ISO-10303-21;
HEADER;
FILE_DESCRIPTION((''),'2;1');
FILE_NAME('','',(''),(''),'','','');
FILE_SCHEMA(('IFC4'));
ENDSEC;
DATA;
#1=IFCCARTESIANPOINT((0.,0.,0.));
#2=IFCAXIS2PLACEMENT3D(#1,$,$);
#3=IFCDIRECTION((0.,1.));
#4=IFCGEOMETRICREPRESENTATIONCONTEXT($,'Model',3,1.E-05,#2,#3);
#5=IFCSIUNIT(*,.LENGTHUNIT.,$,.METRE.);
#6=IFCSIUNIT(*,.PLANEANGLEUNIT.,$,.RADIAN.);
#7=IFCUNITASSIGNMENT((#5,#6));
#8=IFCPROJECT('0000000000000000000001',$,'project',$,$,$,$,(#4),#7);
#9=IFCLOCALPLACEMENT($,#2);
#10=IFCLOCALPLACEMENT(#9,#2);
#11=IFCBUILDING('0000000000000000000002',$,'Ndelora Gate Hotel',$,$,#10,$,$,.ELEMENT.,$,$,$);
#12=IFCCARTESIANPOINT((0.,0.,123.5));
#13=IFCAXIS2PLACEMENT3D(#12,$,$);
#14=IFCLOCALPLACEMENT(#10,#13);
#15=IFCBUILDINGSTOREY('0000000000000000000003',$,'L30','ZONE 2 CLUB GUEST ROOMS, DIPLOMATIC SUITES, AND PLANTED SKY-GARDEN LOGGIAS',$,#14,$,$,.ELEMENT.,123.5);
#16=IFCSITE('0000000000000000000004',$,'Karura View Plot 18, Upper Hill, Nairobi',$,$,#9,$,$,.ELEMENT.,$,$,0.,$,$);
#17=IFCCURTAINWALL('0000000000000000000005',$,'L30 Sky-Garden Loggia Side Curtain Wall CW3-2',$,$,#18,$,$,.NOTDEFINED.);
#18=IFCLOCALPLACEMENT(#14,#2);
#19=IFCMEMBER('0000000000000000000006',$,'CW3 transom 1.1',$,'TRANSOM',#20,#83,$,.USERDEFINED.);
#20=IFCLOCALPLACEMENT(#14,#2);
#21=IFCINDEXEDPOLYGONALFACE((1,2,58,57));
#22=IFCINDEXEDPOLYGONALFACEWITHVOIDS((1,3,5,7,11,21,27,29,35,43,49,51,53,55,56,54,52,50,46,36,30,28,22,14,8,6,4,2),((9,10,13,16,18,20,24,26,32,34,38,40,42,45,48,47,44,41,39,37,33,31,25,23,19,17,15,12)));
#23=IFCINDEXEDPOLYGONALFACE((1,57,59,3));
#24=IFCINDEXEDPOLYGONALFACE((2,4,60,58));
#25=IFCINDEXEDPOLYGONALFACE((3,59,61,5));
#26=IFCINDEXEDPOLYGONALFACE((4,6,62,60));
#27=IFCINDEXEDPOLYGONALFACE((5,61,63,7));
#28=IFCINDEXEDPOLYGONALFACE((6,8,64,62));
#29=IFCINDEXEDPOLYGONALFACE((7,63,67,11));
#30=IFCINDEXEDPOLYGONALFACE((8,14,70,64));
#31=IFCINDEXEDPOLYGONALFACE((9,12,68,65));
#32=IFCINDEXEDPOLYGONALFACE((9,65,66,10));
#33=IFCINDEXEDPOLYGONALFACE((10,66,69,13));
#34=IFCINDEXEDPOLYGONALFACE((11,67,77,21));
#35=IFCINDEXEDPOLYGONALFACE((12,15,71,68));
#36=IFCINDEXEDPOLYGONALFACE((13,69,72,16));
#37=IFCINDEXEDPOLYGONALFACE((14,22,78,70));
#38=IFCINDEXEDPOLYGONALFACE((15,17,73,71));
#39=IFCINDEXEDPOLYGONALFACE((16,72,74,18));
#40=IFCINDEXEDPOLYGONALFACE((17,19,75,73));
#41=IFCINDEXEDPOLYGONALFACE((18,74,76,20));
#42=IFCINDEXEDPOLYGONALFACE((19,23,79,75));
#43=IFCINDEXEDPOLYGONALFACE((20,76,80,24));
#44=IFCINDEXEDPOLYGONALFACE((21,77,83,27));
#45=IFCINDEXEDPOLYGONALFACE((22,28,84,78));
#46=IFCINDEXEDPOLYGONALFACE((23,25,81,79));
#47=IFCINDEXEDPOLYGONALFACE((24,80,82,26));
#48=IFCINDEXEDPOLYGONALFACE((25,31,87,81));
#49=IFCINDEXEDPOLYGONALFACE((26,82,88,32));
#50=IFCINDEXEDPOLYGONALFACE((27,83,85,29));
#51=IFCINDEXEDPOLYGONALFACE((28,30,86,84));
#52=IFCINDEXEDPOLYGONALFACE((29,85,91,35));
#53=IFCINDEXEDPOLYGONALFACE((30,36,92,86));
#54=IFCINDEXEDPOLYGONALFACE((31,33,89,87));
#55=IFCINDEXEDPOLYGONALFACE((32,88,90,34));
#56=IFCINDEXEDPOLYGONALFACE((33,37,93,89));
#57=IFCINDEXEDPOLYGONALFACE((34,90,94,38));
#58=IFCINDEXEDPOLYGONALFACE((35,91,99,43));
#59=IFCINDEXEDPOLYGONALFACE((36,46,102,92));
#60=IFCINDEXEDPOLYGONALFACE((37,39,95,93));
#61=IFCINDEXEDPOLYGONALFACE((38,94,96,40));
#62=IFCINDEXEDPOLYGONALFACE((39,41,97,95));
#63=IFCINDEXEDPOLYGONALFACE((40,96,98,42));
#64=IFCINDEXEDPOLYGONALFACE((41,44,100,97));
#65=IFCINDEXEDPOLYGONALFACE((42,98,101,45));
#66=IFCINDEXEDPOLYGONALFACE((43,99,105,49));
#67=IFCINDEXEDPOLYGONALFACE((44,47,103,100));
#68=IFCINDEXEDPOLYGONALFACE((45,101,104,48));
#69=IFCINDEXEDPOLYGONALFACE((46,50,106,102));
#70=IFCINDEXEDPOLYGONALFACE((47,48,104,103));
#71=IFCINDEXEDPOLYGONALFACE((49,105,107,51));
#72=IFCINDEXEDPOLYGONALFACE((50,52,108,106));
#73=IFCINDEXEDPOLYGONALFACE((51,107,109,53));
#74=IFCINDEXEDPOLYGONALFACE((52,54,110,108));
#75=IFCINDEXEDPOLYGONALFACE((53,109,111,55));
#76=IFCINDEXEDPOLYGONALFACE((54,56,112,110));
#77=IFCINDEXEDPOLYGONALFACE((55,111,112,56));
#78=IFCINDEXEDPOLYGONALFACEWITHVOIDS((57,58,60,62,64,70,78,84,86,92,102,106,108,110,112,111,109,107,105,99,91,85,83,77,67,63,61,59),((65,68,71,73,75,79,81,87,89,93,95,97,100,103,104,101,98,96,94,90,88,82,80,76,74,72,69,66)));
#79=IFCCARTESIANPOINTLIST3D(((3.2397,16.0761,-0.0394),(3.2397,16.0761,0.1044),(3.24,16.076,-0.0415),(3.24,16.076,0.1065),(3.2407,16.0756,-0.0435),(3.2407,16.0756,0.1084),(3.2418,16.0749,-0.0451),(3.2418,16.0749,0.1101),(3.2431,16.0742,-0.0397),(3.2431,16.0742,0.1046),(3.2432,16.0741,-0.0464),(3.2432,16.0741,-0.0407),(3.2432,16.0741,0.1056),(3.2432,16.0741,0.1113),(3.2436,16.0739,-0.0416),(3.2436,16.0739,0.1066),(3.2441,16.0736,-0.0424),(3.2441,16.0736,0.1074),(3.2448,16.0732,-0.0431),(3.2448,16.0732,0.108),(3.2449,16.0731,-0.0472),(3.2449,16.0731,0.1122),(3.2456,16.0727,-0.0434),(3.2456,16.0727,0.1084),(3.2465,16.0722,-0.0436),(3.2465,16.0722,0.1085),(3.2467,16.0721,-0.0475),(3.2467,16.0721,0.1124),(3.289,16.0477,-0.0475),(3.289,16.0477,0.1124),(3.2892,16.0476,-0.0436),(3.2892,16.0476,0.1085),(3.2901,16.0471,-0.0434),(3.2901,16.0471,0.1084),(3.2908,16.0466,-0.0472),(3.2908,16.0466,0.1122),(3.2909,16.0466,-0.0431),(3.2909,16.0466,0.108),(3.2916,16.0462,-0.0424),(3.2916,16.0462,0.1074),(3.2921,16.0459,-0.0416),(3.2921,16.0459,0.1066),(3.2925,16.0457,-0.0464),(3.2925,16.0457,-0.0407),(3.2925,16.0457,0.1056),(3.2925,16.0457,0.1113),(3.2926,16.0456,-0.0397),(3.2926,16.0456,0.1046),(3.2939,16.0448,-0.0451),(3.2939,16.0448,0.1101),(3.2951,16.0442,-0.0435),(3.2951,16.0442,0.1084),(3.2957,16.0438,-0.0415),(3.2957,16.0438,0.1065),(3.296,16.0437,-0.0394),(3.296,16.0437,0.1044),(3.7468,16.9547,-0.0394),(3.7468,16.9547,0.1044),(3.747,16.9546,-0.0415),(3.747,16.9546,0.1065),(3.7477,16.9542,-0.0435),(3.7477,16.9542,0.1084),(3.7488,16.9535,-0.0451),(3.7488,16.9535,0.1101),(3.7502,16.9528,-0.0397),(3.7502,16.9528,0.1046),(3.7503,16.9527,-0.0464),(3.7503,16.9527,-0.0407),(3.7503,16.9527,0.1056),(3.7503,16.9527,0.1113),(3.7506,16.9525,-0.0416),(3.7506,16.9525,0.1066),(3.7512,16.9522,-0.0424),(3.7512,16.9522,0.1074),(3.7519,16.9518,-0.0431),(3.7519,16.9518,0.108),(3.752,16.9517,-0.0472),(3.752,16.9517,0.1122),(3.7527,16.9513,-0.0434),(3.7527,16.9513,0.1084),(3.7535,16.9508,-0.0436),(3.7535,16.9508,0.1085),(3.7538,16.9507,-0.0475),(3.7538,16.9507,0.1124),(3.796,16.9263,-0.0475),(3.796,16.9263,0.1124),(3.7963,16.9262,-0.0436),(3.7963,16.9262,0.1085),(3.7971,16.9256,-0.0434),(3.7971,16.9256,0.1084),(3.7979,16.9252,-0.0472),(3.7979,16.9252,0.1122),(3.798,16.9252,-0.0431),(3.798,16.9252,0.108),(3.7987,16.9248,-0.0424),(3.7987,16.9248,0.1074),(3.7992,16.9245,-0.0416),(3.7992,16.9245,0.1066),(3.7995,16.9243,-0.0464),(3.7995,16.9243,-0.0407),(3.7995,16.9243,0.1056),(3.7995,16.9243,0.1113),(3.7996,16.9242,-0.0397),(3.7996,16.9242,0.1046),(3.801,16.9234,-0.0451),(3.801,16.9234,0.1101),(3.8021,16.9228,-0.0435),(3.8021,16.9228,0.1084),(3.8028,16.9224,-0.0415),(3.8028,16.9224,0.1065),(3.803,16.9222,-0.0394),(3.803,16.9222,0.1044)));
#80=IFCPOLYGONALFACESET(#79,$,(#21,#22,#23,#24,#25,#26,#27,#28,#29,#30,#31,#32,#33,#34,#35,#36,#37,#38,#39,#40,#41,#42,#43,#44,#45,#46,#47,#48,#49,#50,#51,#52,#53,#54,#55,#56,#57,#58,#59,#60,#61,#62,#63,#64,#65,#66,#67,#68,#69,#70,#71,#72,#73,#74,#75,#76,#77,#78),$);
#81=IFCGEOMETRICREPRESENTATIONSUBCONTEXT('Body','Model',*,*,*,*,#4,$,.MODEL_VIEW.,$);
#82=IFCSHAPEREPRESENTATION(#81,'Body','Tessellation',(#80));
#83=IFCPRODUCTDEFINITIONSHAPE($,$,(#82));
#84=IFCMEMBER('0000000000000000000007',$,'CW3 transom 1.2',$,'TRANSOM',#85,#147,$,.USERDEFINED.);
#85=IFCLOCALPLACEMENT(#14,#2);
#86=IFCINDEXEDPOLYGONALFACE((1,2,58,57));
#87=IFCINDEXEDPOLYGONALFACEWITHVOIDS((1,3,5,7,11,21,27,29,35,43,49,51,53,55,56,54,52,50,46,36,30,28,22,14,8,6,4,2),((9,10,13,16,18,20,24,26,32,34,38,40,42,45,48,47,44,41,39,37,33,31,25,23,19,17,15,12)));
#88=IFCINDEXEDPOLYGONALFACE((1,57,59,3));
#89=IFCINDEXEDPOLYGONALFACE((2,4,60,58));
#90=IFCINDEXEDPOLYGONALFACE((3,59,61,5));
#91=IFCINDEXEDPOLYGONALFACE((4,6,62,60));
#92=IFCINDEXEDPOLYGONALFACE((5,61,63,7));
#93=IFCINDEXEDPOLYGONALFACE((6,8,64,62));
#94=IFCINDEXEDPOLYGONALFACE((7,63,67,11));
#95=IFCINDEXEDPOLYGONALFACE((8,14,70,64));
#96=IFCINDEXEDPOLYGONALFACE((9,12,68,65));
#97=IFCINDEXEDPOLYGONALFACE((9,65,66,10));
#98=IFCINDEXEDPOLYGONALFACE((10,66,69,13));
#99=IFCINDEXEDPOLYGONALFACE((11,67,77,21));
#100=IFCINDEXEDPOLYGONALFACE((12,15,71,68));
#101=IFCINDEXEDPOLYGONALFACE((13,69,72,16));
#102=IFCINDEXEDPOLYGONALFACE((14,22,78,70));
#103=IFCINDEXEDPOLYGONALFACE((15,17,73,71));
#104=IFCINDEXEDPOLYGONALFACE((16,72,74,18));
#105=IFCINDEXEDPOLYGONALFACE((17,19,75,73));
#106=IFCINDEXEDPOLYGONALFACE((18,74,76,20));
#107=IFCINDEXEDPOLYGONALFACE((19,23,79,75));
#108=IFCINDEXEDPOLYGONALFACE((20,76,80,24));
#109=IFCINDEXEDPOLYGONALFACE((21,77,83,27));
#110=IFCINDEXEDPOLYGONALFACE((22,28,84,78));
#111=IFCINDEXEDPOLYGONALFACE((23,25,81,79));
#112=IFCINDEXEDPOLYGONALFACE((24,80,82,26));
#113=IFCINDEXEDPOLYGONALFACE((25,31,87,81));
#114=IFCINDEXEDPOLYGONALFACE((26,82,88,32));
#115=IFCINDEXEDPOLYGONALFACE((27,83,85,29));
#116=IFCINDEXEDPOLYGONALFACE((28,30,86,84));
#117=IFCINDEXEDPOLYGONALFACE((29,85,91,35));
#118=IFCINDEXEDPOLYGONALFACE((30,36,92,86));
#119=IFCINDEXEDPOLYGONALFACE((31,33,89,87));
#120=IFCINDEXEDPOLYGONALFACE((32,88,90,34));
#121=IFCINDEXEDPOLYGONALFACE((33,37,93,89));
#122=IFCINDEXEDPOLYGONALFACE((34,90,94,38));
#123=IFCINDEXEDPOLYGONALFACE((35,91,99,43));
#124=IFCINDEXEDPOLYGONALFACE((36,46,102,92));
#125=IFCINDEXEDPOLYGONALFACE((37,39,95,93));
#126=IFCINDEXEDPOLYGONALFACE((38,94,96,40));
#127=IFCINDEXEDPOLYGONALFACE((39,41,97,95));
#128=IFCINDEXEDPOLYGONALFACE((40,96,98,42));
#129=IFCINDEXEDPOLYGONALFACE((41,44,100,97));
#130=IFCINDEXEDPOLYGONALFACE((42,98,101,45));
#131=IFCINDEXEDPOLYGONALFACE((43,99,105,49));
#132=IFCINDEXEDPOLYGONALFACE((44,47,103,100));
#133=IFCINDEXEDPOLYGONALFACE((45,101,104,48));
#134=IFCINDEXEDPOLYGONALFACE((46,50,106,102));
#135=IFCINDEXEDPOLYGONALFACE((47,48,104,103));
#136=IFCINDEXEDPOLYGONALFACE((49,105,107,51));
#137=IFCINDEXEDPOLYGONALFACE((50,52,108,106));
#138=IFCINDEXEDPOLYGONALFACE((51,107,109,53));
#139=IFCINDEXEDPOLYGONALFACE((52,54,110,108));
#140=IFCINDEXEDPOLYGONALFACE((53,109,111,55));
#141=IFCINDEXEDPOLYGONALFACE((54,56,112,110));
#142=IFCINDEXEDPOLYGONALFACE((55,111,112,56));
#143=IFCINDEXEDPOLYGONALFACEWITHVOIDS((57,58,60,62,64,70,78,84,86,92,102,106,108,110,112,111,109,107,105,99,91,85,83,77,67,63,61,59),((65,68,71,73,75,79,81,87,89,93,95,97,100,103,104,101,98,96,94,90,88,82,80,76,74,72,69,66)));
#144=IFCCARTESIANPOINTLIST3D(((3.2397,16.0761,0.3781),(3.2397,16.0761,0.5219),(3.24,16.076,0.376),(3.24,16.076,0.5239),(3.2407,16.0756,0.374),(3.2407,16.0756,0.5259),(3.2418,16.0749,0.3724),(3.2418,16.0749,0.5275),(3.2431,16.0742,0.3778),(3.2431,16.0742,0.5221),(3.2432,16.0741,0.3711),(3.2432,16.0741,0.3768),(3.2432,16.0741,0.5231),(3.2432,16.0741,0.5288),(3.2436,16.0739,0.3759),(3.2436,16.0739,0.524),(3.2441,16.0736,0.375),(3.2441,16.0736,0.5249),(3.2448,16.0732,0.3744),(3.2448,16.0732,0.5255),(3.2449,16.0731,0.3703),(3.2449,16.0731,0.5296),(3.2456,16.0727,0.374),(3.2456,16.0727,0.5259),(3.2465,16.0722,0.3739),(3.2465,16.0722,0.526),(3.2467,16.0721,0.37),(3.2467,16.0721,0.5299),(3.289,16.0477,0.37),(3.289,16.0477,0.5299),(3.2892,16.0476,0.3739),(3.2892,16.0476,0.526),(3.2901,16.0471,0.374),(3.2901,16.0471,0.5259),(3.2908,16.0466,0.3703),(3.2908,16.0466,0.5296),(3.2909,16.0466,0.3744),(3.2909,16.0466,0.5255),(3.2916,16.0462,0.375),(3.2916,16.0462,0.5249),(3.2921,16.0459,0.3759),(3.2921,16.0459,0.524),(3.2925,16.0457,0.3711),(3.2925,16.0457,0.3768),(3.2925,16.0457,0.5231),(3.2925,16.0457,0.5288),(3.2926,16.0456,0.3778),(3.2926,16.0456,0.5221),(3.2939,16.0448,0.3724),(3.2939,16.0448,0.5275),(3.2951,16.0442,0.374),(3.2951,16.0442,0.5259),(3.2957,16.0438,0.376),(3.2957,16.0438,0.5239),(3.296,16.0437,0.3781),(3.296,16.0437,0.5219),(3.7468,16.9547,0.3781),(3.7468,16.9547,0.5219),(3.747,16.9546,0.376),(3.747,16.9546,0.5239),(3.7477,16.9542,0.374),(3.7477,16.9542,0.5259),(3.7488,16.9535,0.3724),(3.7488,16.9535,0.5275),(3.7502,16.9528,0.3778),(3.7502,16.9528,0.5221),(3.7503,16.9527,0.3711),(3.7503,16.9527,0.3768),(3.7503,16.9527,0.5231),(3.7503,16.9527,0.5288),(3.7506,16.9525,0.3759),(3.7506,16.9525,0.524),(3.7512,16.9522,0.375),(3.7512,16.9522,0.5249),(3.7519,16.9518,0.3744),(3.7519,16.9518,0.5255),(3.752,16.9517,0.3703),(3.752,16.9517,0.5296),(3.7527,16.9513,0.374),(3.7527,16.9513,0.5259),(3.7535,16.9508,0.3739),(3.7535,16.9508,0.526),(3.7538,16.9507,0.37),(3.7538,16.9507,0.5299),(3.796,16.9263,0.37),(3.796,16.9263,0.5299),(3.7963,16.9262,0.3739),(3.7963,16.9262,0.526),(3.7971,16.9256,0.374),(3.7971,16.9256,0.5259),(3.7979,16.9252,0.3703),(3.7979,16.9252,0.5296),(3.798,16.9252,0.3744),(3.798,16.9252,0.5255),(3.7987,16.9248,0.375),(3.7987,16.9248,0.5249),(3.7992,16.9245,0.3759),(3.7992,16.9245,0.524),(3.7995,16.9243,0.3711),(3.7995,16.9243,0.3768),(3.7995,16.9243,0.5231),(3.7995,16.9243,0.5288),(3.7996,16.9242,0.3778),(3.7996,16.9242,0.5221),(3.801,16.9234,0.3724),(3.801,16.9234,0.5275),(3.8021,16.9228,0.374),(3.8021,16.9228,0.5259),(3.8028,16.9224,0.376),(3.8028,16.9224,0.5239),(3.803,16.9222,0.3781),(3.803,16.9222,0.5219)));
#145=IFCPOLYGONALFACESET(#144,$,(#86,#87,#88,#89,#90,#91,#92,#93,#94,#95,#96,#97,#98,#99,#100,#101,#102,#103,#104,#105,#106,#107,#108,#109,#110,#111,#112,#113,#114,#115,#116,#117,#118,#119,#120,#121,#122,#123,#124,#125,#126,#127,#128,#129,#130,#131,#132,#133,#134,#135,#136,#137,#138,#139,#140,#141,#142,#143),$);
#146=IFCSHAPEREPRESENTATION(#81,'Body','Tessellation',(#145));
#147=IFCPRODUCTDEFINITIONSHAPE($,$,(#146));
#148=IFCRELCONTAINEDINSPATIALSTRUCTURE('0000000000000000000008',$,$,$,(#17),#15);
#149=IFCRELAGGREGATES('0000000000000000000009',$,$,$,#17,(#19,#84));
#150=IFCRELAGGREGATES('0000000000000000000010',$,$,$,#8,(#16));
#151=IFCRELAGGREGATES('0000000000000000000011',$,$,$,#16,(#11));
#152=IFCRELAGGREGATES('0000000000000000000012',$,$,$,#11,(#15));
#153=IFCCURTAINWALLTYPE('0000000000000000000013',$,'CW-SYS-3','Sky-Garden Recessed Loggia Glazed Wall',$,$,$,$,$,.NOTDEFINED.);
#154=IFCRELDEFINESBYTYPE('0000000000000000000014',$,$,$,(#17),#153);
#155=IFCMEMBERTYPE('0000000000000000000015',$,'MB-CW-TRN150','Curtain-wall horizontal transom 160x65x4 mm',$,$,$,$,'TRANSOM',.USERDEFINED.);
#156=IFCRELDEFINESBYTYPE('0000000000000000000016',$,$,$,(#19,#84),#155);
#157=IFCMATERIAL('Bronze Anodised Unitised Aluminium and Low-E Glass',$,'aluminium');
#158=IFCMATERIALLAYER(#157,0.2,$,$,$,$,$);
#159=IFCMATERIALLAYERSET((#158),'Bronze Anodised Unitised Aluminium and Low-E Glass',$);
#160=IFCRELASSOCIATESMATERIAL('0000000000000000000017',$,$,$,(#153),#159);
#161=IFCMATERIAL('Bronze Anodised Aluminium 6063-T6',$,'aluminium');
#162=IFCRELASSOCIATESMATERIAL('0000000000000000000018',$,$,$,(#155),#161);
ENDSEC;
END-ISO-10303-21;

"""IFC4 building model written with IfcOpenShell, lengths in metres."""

from ifc_helpers import new_model, si_unit, direction, frame, origin, origin_2d, place, context, subcontext, project, spatial, hollow_rectangle, extrude, material, layer, layer_set, material_profile, profile_set, type_object, element, aggregate, save


model = new_model("IFC4")

# Units and contexts
model_context = context("Model", 3, precision=1e-05, world=origin(), true_north=direction((0.0, 1.0)))
body_context = subcontext(model_context, "Body", "Model", "MODEL_VIEW")
ifc_project = project(units=[si_unit("LENGTHUNIT", "METRE"), si_unit("PLANEANGLEUNIT", "RADIAN")], contexts=[model_context])

# Site, building, storey
site_placement = place(None, origin())
site = spatial("IfcSite", under=ifc_project, at=site_placement, Name="Karura View Plot 18, Upper Hill, Nairobi", CompositionType="ELEMENT", RefElevation=0.0)
building_placement = place(site_placement, origin())
building = spatial("IfcBuilding", under=site, at=building_placement, Name="Ndelora Gate Hotel", CompositionType="ELEMENT")
storey_placement = place(building_placement, frame((0.0, 0.0, 123.5)))
storey = spatial("IfcBuildingStorey", under=building, at=storey_placement, Name="L30", Description="ZONE 2 CLUB GUEST ROOMS, DIPLOMATIC SUITES, AND PLANTED SKY-GARDEN LOGGIAS", CompositionType="ELEMENT", Elevation=123.5)

# Curtain wall, members
ifc_material_1 = material(Name="Bronze Anodised Unitised Aluminium and Low-E Glass", Category="aluminium")
ifc_layer_1 = layer(ifc_material_1, 0.2)
ifc_layer_set_1 = layer_set([ifc_layer_1], Name="Bronze Anodised Unitised Aluminium and Low-E Glass")
curtain_wall_type = type_object("IfcCurtainWallType", Name="CW-SYS-3", Description="Sky-Garden Recessed Loggia Glazed Wall", PredefinedType="NOTDEFINED", material=ifc_layer_set_1)
curtain_wall_placement = place(storey_placement, origin())
curtain_wall = element("IfcCurtainWall", 1, at=curtain_wall_placement, inside=storey, type_object=curtain_wall_type, Name="L30 Sky-Garden Loggia Side Curtain Wall CW3-2", PredefinedType="NOTDEFINED")
ifc_material_2 = material(Name="Bronze Anodised Aluminium 6063-T6", Category="aluminium")
ifc_material_profile_1 = material_profile(ifc_material_2, hollow_rectangle(XDim=0.0649, YDim=0.1599, WallThickness=0.0039, InnerFilletRadius=0.0039, OuterFilletRadius=0.0081, at=origin_2d()), Name="ALU 160x65x4")
ifc_profile_set_1 = profile_set([ifc_material_profile_1], Name="Bronze Anodised Aluminium 6063-T6")
member_type_1 = type_object("IfcMemberType", Name="MB-CW-TRN150", Description="Curtain-wall horizontal transom 160x65x4 mm", ElementType="TRANSOM", PredefinedType="USERDEFINED", material=ifc_profile_set_1)
member_1_placement = place(storey_placement, frame((3.7749, 16.9385, 0.0325), z_axis=(-0.499841, -0.866117, 0.0), x_axis=(0.866117, -0.499841, 0.0)))
member_1 = element("IfcMember", 2, at=member_1_placement, type_object=member_type_1, Name="CW3 transom 1.1", ObjectType="TRANSOM", PredefinedType="USERDEFINED", context=body_context, shape_type="SweptSolid", body=[
    extrude(hollow_rectangle(XDim=0.0649, YDim=0.1599, WallThickness=0.0039, InnerFilletRadius=0.0039, OuterFilletRadius=0.0081, at=origin_2d()), origin(), (0.0, 0.0, 1.0), 1.0144),
])
member_2_placement = place(storey_placement, frame((3.7749, 16.9385, 0.45), z_axis=(-0.499841, -0.866117, 0.0), x_axis=(0.866117, -0.499841, 0.0)))
member_2 = element("IfcMember", 3, at=member_2_placement, type_object=member_type_1, Name="CW3 transom 1.2", ObjectType="TRANSOM", PredefinedType="USERDEFINED", context=body_context, shape_type="SweptSolid", body=[
    extrude(hollow_rectangle(XDim=0.0649, YDim=0.1599, WallThickness=0.0039, InnerFilletRadius=0.0039, OuterFilletRadius=0.0081, at=origin_2d()), origin(), (0.0, 0.0, 1.0), 1.0144),
])
aggregate(curtain_wall, [member_1, member_2])

save(model, "model.ifc")
